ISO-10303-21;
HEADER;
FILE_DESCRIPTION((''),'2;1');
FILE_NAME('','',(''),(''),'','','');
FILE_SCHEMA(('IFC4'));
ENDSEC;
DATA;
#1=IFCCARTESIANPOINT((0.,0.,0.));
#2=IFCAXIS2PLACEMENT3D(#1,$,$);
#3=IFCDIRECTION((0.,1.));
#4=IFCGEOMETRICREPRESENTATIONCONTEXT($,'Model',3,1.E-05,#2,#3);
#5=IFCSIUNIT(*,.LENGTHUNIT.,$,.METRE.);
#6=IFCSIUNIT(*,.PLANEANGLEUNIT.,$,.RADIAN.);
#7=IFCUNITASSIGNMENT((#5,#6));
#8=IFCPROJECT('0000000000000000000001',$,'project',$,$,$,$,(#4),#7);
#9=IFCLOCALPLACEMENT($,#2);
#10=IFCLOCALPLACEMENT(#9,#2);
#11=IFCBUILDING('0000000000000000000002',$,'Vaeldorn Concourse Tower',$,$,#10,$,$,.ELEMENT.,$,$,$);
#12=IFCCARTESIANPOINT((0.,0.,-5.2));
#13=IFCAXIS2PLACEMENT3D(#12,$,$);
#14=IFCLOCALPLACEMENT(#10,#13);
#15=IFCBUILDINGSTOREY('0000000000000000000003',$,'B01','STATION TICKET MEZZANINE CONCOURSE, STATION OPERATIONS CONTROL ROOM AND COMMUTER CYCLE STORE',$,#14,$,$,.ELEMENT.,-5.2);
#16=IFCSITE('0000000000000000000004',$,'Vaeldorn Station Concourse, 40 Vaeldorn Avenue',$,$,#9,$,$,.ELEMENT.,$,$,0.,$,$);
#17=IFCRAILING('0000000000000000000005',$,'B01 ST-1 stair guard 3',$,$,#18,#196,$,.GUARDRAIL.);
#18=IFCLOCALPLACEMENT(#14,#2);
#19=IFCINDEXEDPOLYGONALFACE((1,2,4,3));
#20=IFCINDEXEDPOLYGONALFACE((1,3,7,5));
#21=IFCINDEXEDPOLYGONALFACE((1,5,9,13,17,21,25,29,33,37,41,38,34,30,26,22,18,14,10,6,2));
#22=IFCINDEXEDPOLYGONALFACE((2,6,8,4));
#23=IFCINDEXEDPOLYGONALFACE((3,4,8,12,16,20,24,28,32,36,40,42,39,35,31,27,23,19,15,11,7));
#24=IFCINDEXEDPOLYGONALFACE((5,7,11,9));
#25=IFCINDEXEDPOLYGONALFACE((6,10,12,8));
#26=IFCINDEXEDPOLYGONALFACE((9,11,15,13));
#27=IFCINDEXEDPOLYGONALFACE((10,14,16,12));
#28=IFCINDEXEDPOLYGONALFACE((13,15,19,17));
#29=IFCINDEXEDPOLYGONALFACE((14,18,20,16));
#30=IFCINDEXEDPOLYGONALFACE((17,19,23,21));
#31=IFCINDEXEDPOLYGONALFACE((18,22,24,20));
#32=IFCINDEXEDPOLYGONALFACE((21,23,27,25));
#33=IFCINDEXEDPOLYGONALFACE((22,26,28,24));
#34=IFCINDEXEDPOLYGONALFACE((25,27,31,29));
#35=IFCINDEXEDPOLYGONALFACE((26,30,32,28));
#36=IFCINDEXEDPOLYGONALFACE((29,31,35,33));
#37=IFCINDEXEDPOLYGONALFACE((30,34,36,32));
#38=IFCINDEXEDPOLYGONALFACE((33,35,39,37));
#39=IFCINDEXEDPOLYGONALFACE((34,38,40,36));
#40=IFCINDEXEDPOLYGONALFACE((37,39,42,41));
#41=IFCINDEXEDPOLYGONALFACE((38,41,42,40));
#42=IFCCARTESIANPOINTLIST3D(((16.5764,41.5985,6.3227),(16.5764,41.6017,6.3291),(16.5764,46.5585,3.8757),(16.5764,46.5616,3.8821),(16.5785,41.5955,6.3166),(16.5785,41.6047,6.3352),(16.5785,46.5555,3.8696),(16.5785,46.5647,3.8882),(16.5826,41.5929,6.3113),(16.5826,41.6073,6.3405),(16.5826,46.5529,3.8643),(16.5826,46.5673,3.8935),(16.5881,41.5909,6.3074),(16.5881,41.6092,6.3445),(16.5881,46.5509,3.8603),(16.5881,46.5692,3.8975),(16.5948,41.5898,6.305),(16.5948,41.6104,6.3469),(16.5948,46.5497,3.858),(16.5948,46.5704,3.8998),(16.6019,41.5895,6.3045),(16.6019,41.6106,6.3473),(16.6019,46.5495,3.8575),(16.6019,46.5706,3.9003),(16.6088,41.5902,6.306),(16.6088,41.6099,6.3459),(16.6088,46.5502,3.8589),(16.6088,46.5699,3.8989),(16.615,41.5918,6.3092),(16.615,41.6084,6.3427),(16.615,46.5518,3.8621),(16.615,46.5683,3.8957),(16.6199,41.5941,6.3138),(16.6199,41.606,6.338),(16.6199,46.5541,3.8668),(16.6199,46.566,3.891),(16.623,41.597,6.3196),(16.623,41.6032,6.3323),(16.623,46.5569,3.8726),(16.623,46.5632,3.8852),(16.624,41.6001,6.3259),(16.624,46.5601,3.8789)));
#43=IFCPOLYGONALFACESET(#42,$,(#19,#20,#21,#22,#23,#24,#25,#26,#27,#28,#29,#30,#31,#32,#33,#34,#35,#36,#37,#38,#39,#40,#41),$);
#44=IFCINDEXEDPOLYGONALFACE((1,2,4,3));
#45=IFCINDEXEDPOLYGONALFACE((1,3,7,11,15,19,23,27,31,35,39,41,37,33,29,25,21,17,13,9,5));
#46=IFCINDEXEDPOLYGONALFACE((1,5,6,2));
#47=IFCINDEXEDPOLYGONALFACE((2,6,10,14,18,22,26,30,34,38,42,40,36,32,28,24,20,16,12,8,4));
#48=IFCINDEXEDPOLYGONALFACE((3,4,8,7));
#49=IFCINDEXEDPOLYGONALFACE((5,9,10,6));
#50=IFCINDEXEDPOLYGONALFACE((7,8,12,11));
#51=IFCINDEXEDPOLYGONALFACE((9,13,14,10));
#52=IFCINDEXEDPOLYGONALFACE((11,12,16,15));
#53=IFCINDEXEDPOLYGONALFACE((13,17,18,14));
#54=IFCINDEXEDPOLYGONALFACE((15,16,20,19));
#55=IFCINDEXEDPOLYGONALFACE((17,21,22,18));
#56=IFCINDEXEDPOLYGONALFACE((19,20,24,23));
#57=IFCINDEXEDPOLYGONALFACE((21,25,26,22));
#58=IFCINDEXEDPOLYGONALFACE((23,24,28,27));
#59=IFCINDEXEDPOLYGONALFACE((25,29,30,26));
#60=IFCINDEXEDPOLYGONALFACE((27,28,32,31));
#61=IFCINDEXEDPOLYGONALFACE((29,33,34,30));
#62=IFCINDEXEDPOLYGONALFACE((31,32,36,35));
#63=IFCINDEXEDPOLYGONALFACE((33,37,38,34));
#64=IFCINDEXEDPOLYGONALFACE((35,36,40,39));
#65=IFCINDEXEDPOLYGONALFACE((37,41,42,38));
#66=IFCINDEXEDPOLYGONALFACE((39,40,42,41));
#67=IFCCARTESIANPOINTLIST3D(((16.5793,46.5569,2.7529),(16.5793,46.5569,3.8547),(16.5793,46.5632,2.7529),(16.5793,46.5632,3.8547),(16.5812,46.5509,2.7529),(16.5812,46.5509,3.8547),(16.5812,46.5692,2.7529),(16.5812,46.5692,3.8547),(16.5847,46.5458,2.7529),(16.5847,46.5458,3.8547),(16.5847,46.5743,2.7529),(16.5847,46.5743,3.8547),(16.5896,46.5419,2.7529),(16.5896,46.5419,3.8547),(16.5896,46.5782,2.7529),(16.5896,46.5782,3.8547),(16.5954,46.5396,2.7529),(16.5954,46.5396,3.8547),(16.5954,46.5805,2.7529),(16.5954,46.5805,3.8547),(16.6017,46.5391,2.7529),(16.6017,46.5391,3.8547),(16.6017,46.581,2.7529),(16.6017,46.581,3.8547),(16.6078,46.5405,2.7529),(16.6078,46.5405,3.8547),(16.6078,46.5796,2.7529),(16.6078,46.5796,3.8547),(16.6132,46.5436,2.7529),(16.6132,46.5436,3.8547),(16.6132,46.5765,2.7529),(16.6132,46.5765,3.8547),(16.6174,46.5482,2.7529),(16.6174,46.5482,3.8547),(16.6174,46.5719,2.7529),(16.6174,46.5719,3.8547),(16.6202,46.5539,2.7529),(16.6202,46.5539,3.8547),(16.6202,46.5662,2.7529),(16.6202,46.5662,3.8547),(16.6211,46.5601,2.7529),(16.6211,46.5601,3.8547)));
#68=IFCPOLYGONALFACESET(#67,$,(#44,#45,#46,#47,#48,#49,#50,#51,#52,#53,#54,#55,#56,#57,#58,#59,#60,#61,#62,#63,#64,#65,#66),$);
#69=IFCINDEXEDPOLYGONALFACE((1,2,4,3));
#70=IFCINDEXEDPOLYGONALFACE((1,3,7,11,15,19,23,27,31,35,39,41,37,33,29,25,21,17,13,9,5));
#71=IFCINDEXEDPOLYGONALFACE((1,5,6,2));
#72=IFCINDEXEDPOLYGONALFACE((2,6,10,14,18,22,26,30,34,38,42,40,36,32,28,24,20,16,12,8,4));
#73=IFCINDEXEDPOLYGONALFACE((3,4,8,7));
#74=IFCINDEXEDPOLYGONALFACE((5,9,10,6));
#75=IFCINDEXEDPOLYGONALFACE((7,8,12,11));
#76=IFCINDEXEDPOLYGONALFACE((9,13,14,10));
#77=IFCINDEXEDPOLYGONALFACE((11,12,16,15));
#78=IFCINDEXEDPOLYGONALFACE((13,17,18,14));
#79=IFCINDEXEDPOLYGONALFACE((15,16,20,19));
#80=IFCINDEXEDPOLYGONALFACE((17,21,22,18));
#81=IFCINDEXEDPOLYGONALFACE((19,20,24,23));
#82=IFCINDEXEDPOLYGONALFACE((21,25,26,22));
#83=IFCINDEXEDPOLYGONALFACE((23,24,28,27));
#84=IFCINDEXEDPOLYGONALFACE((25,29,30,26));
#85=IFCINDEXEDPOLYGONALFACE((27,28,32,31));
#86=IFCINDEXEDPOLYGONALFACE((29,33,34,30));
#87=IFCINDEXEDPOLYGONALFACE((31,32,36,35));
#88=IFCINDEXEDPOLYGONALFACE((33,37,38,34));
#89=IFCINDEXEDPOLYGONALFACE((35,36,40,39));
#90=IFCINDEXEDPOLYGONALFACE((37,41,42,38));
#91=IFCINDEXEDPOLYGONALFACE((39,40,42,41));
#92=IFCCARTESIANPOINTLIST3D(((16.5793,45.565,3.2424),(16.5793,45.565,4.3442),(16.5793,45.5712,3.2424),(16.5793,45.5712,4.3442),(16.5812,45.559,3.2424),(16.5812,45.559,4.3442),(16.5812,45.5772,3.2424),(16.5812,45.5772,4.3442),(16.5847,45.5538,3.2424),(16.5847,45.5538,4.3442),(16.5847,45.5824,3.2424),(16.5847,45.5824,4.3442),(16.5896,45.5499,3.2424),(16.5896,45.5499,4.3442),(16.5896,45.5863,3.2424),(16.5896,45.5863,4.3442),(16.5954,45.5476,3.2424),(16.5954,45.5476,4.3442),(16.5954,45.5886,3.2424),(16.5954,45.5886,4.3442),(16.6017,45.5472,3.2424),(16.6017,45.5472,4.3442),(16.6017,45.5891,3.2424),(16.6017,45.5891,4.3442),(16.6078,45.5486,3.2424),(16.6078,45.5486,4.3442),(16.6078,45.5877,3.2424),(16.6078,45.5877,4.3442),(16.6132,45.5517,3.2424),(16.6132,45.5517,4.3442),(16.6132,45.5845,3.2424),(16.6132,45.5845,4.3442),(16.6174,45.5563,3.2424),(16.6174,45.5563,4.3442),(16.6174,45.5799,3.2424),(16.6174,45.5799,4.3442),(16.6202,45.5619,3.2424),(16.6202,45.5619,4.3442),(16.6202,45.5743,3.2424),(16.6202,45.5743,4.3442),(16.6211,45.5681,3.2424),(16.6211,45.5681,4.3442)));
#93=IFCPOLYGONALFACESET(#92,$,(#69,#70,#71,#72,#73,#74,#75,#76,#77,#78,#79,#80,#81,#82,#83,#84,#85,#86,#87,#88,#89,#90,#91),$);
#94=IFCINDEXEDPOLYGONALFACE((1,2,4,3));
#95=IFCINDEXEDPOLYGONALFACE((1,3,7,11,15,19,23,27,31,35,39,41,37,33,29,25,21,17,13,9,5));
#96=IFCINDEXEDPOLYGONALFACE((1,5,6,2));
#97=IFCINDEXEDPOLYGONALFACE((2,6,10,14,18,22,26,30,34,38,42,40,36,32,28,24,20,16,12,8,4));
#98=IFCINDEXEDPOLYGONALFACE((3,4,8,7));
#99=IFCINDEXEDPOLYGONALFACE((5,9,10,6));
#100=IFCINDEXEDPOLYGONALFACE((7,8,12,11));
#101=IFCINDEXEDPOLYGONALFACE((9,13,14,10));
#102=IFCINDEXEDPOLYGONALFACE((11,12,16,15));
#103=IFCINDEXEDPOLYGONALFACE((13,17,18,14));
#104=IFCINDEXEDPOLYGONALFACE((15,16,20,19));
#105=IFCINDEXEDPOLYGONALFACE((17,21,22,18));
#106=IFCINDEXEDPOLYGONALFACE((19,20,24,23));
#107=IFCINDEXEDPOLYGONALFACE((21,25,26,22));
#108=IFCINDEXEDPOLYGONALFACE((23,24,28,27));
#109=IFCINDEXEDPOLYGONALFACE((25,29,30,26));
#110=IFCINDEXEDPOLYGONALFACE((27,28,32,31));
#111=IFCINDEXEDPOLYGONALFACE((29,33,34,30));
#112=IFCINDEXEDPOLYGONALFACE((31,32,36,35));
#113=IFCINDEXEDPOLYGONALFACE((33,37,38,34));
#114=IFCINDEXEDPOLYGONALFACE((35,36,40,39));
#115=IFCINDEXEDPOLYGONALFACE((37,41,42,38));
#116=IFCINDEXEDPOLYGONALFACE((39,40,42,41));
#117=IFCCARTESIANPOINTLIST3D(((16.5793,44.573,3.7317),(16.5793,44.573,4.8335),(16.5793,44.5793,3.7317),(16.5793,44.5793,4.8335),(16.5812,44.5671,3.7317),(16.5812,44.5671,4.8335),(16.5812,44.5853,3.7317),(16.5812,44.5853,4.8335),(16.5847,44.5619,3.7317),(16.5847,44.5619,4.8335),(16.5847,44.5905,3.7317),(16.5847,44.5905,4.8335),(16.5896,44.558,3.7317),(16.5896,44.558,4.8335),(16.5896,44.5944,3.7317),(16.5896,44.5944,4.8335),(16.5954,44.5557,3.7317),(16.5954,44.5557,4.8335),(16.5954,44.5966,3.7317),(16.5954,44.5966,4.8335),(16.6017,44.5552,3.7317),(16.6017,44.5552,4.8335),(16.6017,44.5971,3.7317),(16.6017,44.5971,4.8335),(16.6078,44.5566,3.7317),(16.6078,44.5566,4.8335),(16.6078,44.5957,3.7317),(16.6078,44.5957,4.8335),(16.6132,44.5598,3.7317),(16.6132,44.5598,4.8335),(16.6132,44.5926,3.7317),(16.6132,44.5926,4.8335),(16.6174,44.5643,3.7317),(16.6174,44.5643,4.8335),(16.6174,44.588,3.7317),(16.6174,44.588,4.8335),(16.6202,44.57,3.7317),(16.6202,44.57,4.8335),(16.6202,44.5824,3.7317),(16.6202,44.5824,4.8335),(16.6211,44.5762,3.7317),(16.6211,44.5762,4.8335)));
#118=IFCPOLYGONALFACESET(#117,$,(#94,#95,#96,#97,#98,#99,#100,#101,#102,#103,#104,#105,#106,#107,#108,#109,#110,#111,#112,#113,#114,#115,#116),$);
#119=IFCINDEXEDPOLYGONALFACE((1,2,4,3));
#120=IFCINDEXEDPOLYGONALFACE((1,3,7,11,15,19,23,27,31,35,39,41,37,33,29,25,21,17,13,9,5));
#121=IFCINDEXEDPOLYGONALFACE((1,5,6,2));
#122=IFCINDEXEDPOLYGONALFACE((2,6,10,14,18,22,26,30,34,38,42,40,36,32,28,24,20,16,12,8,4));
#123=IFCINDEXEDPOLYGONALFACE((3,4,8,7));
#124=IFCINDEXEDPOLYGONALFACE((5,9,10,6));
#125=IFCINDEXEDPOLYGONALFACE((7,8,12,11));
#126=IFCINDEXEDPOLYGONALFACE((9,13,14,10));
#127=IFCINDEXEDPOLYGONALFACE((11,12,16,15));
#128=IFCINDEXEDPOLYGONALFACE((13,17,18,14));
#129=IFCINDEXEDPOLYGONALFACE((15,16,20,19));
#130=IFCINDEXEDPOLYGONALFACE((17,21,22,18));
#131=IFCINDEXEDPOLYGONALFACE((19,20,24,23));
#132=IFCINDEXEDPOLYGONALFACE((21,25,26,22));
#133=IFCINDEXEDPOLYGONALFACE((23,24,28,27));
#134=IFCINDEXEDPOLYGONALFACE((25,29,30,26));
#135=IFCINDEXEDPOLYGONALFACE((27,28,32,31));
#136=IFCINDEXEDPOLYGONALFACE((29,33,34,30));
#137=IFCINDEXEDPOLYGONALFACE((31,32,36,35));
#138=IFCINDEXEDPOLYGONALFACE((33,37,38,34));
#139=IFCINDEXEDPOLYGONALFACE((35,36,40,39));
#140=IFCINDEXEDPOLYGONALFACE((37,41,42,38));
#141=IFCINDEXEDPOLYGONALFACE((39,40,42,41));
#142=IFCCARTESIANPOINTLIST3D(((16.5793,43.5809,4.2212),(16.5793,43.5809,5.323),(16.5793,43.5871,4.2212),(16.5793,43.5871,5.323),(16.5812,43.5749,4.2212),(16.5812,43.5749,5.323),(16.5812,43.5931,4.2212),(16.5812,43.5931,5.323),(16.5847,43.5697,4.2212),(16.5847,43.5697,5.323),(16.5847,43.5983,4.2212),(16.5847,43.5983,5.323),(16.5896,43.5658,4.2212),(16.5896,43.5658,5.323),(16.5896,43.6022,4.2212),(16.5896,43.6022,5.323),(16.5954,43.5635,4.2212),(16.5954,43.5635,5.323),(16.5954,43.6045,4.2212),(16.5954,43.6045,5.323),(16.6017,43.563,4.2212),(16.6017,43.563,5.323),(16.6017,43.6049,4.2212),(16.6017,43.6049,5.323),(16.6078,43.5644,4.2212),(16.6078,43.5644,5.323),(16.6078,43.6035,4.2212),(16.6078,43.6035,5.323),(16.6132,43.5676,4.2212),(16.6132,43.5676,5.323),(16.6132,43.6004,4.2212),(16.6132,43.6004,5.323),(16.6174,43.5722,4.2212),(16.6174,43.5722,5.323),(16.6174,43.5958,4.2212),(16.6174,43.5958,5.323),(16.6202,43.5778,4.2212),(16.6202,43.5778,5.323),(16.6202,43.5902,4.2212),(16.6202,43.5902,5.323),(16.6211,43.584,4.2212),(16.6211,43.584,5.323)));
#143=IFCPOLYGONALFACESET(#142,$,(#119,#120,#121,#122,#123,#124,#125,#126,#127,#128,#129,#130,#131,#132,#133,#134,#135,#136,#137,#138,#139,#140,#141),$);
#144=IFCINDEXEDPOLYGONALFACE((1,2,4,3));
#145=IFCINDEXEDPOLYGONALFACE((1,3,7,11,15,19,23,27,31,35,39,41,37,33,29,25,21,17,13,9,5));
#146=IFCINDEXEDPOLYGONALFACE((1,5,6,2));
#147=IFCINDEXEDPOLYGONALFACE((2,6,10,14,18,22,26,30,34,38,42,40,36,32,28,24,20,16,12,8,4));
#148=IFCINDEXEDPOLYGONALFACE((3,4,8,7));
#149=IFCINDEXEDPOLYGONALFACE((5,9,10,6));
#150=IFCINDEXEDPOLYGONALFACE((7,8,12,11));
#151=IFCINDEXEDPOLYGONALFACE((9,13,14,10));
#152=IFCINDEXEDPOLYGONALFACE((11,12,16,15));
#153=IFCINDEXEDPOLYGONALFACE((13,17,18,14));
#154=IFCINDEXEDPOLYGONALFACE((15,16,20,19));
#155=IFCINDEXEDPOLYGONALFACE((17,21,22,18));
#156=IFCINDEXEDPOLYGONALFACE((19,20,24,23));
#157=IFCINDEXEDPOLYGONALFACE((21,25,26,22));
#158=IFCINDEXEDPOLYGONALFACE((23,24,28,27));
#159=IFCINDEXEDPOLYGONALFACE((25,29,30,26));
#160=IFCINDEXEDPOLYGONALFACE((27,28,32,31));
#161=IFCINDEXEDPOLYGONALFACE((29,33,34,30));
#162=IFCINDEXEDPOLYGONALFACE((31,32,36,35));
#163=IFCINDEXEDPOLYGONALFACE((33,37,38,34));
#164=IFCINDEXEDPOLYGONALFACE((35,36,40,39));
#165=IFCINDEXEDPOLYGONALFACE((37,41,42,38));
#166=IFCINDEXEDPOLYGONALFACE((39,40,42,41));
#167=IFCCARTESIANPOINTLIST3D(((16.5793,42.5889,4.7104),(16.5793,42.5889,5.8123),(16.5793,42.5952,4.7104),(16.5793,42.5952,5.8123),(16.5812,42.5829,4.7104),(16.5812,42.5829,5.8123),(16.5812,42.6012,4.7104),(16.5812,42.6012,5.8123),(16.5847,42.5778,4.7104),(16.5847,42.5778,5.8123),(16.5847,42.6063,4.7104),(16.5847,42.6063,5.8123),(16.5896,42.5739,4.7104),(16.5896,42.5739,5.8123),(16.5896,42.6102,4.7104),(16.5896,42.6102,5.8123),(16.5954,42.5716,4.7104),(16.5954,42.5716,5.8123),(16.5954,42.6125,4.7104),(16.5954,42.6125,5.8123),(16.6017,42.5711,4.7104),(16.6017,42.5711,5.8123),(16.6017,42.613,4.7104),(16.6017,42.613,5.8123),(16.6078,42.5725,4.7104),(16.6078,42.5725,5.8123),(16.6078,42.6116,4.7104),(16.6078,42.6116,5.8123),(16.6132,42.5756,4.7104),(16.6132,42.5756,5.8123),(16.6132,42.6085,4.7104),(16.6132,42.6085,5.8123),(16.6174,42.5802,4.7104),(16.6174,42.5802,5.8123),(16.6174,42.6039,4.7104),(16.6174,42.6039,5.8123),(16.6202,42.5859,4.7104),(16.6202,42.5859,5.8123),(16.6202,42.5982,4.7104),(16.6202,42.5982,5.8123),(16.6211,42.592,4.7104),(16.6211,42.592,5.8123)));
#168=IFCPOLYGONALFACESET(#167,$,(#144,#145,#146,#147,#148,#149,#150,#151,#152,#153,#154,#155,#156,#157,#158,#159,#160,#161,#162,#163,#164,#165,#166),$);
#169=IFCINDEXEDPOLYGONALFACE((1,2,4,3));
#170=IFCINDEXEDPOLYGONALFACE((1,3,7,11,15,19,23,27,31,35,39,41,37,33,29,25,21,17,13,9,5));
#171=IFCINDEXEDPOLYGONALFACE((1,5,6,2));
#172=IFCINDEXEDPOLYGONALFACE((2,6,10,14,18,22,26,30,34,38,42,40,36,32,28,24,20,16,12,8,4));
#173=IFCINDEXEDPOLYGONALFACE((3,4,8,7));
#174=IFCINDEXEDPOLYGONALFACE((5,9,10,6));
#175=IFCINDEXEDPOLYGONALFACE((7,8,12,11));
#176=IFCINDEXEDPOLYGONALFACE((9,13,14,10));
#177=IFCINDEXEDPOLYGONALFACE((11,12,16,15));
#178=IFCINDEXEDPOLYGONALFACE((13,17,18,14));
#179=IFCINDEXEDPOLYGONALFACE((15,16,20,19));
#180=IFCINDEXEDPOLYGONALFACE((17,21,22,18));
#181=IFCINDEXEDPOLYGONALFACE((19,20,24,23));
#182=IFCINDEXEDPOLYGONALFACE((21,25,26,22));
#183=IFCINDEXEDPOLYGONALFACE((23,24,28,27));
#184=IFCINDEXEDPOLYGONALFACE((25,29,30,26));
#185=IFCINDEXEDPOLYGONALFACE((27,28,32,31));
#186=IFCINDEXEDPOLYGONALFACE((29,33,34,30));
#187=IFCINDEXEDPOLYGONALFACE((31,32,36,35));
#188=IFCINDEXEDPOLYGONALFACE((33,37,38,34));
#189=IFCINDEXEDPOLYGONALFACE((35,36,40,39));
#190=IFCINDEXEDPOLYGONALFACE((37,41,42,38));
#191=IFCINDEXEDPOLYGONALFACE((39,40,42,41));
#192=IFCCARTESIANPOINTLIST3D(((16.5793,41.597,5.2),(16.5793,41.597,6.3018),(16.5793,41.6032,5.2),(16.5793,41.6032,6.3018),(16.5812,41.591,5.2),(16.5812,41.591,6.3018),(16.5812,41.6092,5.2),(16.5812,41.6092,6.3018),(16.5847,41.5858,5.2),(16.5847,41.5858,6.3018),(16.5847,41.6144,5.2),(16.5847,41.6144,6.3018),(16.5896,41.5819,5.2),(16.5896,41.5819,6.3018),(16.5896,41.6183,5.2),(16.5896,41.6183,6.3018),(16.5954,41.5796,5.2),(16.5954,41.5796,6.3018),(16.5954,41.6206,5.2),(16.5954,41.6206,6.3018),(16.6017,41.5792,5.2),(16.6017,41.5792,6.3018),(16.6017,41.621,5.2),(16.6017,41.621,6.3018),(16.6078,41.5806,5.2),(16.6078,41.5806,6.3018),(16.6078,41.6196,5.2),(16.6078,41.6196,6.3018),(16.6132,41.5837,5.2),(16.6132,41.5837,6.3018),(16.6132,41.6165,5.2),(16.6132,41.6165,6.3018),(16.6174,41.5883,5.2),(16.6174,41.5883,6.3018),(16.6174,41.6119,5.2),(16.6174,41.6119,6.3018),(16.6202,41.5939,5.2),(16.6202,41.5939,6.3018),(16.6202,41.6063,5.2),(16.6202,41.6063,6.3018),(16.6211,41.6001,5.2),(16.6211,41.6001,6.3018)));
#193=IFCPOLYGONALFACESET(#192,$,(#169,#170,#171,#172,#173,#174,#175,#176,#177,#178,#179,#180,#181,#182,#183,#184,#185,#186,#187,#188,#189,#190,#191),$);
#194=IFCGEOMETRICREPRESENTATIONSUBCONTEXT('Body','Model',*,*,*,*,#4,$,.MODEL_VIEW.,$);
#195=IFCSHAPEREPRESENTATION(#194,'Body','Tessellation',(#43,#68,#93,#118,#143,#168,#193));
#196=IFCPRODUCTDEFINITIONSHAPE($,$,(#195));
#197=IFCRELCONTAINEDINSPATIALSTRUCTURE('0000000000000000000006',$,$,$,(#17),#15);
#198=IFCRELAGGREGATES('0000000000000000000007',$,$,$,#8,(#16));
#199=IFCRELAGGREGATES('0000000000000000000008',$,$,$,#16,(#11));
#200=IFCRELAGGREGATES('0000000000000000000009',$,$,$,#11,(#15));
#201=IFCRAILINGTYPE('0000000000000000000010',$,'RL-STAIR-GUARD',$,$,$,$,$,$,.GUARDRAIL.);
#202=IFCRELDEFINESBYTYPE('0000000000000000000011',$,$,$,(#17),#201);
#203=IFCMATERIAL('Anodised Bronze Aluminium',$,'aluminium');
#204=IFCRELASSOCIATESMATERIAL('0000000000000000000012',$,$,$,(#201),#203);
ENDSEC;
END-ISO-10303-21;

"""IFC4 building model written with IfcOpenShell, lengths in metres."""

from ifc_helpers import new_model, si_unit, direction, frame, origin, origin_2d, place, context, subcontext, project, spatial, circle, extrude, material, type_object, element, save


model = new_model("IFC4")

# Units and contexts
model_context = context("Model", 3, precision=1e-05, world=origin(), true_north=direction((0.0, 1.0)))
body_context = subcontext(model_context, "Body", "Model", "MODEL_VIEW")
ifc_project = project(units=[si_unit("LENGTHUNIT", "METRE"), si_unit("PLANEANGLEUNIT", "RADIAN")], contexts=[model_context])

# Site, building, storey
site_placement = place(None, origin())
site = spatial("IfcSite", under=ifc_project, at=site_placement, Name="Vaeldorn Station Concourse, 40 Vaeldorn Avenue", CompositionType="ELEMENT", RefElevation=0.0)
building_placement = place(site_placement, origin())
building = spatial("IfcBuilding", under=site, at=building_placement, Name="Vaeldorn Concourse Tower", CompositionType="ELEMENT")
storey_placement = place(building_placement, frame((0.0, 0.0, -5.2)))
storey = spatial("IfcBuildingStorey", under=building, at=storey_placement, Name="B01", Description="STATION TICKET MEZZANINE CONCOURSE, STATION OPERATIONS CONTROL ROOM AND COMMUTER CYCLE STORE", CompositionType="ELEMENT", Elevation=-5.2)

# Shared definitions
ifc_material_1 = material(Name="Anodised Bronze Aluminium", Category="aluminium")

# Railing
railing_type_1 = type_object("IfcRailingType", Name="RL-STAIR-GUARD", PredefinedType="GUARDRAIL", material=ifc_material_1)
railing_1_placement = place(storey_placement, frame((16.6001, 46.5601, 2.7529)))
element("IfcRailing", 1, at=railing_1_placement, inside=storey, type_object=railing_type_1, Name="B01 ST-1 stair guard 3", PredefinedType="GUARDRAIL", context=body_context, shape_type="SweptSolid", body=[
    extrude(circle(Radius=0.0239, at=origin_2d()), frame((0.0, 0.0, 1.126), z_axis=(0.0, -0.896798, 0.44244), x_axis=(1.0, 0.0, 0.0)), (0.0, 0.0, 1.0), 5.5308),
    extrude(circle(Radius=0.021, at=origin_2d()), origin(), (0.0, 0.0, 1.0), 1.1018),
    extrude(circle(Radius=0.021, at=origin_2d()), frame((0.0, -0.9919, 0.4895)), (0.0, 0.0, 1.0), 1.1018),
    extrude(circle(Radius=0.021, at=origin_2d()), frame((0.0, -1.9839, 0.9788)), (0.0, 0.0, 1.0), 1.1018),
    extrude(circle(Radius=0.021, at=origin_2d()), frame((0.0, -2.9761, 1.4683)), (0.0, 0.0, 1.0), 1.1018),
    extrude(circle(Radius=0.021, at=origin_2d()), frame((0.0, -3.968, 1.9575)), (0.0, 0.0, 1.0), 1.1018),
    extrude(circle(Radius=0.021, at=origin_2d()), frame((0.0, -4.96, 2.447)), (0.0, 0.0, 1.0), 1.1018),
])

save(model, "model.ifc")
